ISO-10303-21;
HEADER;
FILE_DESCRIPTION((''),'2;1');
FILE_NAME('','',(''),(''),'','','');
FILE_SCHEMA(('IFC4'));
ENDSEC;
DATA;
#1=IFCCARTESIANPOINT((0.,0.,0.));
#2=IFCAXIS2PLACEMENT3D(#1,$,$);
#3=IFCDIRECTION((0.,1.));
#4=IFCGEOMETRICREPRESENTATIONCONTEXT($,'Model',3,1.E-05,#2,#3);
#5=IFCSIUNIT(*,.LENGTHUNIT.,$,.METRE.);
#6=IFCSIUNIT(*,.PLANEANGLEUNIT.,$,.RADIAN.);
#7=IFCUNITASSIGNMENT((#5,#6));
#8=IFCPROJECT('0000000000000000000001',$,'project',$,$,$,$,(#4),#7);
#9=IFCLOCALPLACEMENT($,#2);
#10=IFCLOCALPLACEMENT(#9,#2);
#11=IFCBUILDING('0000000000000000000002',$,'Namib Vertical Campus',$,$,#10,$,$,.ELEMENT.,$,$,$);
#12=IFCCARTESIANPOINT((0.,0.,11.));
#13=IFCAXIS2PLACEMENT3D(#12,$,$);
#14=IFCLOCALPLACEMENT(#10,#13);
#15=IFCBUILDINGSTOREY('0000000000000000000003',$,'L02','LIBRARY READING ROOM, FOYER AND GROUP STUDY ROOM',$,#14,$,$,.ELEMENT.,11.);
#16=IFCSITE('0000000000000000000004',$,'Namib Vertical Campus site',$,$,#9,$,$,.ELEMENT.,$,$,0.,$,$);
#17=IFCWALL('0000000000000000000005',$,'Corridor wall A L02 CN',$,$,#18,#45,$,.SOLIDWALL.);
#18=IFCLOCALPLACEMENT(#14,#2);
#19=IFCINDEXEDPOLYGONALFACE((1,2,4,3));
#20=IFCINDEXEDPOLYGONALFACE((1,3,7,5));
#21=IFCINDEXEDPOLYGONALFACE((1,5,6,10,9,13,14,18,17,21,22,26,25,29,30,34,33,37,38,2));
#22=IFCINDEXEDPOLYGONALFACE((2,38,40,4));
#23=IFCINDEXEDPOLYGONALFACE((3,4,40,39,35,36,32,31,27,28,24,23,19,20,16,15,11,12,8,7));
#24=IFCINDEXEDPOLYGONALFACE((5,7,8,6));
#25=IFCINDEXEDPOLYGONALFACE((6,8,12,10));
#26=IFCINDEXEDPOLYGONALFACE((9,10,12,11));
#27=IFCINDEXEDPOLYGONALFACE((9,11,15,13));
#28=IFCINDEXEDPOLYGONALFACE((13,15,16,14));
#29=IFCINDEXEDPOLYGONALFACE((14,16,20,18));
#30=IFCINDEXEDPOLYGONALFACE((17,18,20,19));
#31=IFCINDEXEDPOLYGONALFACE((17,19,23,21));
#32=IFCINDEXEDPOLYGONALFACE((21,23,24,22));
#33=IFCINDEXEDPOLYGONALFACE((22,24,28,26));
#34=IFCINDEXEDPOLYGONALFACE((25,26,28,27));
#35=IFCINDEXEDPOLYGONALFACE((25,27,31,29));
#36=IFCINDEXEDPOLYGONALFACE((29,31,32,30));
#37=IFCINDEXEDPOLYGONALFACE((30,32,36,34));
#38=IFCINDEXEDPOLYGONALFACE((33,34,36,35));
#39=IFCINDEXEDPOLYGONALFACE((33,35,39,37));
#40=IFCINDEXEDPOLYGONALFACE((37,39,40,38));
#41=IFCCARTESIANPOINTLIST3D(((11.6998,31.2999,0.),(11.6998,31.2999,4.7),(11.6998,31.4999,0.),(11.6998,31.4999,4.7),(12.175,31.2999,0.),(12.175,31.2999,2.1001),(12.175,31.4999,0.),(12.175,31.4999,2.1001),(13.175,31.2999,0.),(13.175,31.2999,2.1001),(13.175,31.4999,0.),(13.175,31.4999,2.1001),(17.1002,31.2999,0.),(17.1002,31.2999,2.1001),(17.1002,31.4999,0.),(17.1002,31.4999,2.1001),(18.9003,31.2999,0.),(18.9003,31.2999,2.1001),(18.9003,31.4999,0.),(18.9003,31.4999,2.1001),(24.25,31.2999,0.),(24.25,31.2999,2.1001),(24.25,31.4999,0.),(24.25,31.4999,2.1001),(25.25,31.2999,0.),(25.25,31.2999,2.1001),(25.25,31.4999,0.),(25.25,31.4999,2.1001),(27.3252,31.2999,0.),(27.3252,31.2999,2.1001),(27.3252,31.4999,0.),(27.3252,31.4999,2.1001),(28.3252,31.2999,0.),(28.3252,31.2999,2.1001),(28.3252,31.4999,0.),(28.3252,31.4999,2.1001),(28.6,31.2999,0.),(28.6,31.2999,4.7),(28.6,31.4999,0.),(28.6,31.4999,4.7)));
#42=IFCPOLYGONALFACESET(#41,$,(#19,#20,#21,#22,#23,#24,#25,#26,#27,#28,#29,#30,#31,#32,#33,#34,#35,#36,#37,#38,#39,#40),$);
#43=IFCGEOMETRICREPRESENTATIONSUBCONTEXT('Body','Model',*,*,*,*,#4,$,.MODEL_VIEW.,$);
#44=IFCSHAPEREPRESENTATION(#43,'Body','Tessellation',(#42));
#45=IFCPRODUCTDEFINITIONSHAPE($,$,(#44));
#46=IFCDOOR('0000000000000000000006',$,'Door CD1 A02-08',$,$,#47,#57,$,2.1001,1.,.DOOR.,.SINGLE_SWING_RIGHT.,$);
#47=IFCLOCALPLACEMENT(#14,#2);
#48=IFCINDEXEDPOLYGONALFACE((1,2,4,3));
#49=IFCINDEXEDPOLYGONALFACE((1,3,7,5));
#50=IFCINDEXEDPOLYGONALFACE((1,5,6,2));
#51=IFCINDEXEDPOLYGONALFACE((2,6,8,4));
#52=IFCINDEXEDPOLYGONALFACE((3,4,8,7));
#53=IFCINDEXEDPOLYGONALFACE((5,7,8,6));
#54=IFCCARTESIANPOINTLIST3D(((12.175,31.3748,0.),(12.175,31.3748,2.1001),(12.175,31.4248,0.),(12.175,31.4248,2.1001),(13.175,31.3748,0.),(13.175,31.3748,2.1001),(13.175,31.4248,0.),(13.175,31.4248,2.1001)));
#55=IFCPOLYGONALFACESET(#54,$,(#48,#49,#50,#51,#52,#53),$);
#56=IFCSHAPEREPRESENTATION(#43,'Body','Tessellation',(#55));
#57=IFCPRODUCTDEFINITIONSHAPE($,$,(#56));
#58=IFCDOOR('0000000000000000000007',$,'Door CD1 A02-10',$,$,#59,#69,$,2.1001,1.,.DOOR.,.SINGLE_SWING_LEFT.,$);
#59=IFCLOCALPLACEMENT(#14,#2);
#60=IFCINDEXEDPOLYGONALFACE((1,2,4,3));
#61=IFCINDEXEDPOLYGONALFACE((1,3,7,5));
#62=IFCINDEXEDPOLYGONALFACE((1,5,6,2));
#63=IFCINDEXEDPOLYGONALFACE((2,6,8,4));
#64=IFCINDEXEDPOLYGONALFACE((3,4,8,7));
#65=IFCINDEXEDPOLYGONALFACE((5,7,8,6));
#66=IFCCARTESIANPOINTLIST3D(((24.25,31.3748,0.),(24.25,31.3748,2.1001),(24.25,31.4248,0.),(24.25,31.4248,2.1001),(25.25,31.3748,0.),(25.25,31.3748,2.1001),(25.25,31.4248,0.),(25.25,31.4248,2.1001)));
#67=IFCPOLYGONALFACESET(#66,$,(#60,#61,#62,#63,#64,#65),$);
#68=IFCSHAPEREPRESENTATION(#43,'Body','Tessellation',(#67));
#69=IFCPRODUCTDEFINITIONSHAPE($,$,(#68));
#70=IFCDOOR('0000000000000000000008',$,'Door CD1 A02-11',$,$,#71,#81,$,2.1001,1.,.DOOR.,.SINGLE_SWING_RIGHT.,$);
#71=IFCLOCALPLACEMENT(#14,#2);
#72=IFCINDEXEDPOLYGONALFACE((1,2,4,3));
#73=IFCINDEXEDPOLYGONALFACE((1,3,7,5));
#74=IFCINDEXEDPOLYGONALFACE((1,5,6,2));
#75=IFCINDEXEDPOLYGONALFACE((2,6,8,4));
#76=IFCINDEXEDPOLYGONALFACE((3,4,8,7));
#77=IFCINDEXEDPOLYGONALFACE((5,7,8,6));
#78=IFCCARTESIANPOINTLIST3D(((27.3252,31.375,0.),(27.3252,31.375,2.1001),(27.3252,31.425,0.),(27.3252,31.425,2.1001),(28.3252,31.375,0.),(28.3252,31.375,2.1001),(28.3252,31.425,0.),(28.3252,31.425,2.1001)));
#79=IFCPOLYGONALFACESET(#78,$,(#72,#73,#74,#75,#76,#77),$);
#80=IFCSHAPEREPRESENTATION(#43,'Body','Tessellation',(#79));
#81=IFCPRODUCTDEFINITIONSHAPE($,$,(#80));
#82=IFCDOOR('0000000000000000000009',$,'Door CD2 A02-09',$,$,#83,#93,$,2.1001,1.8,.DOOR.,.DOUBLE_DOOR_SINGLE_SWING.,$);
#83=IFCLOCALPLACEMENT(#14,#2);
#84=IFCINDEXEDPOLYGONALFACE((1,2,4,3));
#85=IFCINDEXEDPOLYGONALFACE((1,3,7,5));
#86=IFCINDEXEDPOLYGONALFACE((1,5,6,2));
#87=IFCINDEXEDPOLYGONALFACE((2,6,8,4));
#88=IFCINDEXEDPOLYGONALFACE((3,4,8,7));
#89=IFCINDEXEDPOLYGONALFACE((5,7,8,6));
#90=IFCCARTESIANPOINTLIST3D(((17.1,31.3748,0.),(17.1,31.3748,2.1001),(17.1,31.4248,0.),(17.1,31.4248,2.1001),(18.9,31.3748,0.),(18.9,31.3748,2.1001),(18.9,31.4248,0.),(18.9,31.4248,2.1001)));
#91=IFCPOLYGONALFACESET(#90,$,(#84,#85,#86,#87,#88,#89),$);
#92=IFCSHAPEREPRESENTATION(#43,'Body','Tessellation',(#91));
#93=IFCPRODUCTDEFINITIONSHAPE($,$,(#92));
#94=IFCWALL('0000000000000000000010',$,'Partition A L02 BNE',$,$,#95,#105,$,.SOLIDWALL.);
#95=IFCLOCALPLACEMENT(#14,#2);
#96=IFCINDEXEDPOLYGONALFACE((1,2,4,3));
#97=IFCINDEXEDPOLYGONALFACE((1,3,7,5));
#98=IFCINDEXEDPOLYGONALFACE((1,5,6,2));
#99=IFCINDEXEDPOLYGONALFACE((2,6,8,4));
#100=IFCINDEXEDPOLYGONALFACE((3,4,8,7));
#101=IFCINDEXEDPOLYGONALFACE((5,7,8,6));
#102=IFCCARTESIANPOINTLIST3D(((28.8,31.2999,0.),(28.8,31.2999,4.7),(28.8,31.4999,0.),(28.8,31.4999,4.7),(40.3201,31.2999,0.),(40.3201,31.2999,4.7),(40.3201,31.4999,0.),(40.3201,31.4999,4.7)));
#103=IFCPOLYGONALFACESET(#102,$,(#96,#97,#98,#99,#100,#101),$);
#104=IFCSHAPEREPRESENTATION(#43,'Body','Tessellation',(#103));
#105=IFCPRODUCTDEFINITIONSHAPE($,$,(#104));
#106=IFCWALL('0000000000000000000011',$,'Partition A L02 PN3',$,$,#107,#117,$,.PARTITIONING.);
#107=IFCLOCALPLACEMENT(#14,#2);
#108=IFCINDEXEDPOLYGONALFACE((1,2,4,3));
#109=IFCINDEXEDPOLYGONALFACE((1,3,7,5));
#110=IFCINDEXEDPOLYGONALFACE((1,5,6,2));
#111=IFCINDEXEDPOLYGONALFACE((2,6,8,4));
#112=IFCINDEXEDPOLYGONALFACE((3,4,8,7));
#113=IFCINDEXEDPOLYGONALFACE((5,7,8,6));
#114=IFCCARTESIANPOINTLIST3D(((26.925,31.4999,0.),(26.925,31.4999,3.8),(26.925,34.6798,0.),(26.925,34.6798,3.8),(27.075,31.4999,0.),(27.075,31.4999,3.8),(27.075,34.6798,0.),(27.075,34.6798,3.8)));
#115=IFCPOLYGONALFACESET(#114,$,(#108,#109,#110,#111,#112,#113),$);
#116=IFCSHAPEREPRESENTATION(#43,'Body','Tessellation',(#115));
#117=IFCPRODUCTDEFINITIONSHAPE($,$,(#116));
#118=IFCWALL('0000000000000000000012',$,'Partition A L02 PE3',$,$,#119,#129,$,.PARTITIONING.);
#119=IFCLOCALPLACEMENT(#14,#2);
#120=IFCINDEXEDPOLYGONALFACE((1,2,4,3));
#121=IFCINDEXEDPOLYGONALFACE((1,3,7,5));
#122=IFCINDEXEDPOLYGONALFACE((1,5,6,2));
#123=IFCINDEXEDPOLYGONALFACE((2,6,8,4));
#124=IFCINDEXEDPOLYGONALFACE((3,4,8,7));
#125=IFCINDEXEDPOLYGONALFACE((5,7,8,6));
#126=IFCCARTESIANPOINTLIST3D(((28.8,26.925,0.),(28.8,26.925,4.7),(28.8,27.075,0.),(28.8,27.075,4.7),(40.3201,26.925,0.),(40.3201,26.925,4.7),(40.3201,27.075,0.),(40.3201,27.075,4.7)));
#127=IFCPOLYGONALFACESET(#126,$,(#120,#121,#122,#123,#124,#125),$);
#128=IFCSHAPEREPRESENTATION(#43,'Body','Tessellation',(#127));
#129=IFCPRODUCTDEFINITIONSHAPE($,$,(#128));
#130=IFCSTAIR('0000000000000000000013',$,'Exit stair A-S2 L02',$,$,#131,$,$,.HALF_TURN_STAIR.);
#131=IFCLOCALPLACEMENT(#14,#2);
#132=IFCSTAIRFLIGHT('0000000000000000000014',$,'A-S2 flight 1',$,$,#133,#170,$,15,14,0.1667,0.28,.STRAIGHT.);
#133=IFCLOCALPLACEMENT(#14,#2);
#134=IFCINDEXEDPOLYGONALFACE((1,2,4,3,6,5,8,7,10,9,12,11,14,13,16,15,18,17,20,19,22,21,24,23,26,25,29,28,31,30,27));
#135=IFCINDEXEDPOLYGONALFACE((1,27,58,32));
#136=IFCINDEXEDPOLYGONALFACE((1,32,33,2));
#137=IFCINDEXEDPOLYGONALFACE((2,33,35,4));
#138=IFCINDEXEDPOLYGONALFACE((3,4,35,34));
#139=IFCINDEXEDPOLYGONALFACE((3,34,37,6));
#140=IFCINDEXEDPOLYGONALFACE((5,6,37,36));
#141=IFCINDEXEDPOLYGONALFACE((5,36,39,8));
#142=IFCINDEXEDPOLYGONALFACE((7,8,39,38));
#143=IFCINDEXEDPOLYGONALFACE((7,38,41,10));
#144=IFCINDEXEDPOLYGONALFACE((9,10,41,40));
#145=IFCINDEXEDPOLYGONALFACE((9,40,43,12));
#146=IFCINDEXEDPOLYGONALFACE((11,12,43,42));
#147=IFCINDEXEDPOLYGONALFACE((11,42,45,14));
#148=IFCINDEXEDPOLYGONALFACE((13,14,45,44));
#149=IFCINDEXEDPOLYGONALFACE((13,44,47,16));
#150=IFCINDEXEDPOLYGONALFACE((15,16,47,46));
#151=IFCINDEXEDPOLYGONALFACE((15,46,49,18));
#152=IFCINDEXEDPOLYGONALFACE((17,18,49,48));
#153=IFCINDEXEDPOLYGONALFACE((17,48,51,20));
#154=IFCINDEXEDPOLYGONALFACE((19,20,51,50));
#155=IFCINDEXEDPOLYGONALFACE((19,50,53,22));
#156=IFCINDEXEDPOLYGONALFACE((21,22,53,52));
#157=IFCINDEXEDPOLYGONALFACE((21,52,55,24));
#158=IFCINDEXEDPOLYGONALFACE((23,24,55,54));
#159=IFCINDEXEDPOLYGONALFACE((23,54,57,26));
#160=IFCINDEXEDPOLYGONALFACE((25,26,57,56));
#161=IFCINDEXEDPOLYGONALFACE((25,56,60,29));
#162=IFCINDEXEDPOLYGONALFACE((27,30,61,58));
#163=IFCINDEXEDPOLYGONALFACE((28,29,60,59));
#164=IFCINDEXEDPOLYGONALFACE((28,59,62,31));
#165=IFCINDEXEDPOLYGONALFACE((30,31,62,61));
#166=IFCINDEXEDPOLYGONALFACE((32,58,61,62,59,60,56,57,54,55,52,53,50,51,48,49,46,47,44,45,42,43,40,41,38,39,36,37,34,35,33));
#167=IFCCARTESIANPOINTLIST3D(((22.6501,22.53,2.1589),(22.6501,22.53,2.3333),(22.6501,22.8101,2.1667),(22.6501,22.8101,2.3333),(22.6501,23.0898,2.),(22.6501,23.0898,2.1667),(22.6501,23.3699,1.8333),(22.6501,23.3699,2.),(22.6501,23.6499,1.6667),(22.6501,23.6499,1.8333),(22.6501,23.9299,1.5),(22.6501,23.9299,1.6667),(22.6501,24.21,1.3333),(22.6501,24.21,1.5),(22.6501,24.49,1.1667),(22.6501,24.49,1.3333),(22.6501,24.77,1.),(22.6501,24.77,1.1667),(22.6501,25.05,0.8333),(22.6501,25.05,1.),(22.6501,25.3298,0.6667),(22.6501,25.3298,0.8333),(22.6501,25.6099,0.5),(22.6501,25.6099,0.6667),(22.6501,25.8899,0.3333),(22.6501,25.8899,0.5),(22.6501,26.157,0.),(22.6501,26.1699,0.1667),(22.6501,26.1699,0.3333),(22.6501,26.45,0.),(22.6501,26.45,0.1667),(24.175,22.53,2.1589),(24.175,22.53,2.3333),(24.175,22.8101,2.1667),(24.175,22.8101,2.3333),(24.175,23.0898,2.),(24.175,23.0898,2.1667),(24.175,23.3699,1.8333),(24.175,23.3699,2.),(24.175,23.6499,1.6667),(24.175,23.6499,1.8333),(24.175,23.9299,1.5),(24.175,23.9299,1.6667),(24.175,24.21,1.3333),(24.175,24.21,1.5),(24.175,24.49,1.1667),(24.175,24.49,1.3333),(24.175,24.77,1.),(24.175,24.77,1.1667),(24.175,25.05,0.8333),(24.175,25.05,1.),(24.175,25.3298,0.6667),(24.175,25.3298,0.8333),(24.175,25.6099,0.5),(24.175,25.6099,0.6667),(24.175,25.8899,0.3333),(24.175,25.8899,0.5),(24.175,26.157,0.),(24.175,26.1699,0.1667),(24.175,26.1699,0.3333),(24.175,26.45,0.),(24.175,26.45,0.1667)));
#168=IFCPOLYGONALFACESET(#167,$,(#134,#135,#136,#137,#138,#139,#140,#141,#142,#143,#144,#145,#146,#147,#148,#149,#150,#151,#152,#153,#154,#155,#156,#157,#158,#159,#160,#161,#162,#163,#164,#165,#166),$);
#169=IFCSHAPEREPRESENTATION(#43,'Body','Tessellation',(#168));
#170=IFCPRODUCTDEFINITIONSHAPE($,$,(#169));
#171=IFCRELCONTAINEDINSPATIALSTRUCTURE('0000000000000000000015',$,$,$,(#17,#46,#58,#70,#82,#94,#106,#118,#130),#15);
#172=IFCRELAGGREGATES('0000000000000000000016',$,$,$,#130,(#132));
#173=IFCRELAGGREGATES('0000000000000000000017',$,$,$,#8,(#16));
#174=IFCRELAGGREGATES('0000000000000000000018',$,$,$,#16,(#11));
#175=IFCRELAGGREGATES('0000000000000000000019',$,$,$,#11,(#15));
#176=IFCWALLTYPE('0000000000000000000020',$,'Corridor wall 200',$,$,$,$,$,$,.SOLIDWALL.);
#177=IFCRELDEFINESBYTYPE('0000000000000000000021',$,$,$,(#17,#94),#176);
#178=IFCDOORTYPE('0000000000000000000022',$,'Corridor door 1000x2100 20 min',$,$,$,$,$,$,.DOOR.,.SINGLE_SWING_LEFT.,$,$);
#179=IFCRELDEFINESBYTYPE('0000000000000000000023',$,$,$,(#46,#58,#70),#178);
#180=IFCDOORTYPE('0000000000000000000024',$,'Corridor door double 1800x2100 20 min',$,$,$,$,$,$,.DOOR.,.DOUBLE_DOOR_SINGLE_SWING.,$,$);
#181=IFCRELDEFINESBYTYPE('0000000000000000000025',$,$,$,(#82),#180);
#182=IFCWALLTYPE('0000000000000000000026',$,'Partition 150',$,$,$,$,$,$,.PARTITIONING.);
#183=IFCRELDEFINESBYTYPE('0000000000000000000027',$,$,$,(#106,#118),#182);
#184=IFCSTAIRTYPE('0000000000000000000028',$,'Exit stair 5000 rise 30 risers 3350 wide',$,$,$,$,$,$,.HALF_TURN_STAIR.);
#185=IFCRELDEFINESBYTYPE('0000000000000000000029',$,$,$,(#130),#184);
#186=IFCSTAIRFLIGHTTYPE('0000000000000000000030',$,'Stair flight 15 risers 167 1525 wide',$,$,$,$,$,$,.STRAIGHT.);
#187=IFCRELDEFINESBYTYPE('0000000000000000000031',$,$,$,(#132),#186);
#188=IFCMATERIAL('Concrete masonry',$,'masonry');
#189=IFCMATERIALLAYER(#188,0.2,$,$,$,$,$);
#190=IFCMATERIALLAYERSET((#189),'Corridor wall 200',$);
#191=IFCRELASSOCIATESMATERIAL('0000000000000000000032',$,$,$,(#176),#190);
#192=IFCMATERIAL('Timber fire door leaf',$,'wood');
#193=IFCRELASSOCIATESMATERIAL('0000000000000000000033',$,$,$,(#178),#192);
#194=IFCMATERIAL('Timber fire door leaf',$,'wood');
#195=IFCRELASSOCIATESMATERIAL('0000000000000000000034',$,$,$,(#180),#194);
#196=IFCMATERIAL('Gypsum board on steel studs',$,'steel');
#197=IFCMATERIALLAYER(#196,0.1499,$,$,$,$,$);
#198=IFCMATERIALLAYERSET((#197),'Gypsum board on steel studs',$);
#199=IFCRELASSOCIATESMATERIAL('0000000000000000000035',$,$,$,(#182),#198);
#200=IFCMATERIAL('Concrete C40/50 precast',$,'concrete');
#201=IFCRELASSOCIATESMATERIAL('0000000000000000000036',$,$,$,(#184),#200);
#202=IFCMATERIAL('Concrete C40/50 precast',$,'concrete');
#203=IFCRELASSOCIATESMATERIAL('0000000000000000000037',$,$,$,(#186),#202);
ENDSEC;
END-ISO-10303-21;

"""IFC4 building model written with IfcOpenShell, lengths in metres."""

from ifc_helpers import new_model, si_unit, direction, frame, frame_2d, origin, place, context, subcontext, project, spatial, polyline, rectangle, outline, extrude, material, layer, layer_set, type_object, element, fill, aggregate, save


model = new_model("IFC4")

# Units and contexts
model_context = context("Model", 3, precision=1e-05, world=origin(), true_north=direction((0.0, 1.0)))
body_context = subcontext(model_context, "Body", "Model", "MODEL_VIEW")
ifc_project = project(units=[si_unit("LENGTHUNIT", "METRE"), si_unit("PLANEANGLEUNIT", "RADIAN")], contexts=[model_context])

# Site, building, storey
site_placement = place(None, origin())
site = spatial("IfcSite", under=ifc_project, at=site_placement, Name="Namib Vertical Campus site", CompositionType="ELEMENT", RefElevation=0.0)
building_placement = place(site_placement, origin())
building = spatial("IfcBuilding", under=site, at=building_placement, Name="Namib Vertical Campus", CompositionType="ELEMENT")
storey_placement = place(building_placement, frame((0.0, 0.0, 11.0)))
storey = spatial("IfcBuildingStorey", under=building, at=storey_placement, Name="L02", Description="LIBRARY READING ROOM, FOYER AND GROUP STUDY ROOM", CompositionType="ELEMENT", Elevation=11.0)

# Wall, openings, doors
ifc_material_1 = material(Name="Concrete masonry", Category="masonry")
ifc_layer_1 = layer(ifc_material_1, 0.2)
ifc_layer_set_1 = layer_set([ifc_layer_1], Name="Corridor wall 200")
wall_type_1 = type_object("IfcWallType", Name="Corridor wall 200", PredefinedType="SOLIDWALL", material=ifc_layer_set_1)
wall_1_placement = place(storey_placement, frame((28.6001, 31.3999, 0.0), z_axis=(0.0, 0.0, 1.0), x_axis=(-1.0, 0.0, 0.0)))
wall_1 = element("IfcWall", 1, at=wall_1_placement, inside=storey, type_object=wall_type_1, Name="Corridor wall A L02 CN", PredefinedType="SOLIDWALL", context=body_context, shape_type="SweptSolid", body=[
    extrude(rectangle(XDim=16.9001, YDim=0.2, at=frame_2d((8.4502, 0.0))), origin(), (0.0, 0.0, 1.0), 4.7),
])
opening_1_placement = place(wall_1_placement, frame((15.425, 0.0, 0.0)))
opening_1 = element("IfcOpeningElement", 2, at=opening_1_placement, cuts=wall_1, PredefinedType="OPENING", context=body_context, shape_type="SweptSolid", body=[
    extrude(rectangle(XDim=1.0, YDim=2.1001, at=frame_2d((0.5, 1.05))), frame((0.0, 0.1099, 0.0), z_axis=(0.0, -1.0, 0.0), x_axis=(1.0, 0.0, 0.0)), (0.0, 0.0, 1.0), 0.22),
])
opening_2_placement = place(wall_1_placement, frame((9.7, 0.0, 0.0)))
opening_2 = element("IfcOpeningElement", 3, at=opening_2_placement, cuts=wall_1, PredefinedType="OPENING", context=body_context, shape_type="SweptSolid", body=[
    extrude(rectangle(XDim=1.8, YDim=2.1001, at=frame_2d((0.8999, 1.05))), frame((0.0, 0.1099, 0.0), z_axis=(0.0, -1.0, 0.0), x_axis=(1.0, 0.0, 0.0)), (0.0, 0.0, 1.0), 0.22),
])
opening_3_placement = place(wall_1_placement, frame((3.3501, 0.0, 0.0)))
opening_3 = element("IfcOpeningElement", 4, at=opening_3_placement, cuts=wall_1, PredefinedType="OPENING", context=body_context, shape_type="SweptSolid", body=[
    extrude(rectangle(XDim=1.0, YDim=2.1001, at=frame_2d((0.5, 1.05))), frame((0.0, 0.1099, 0.0), z_axis=(0.0, -1.0, 0.0), x_axis=(1.0, 0.0, 0.0)), (0.0, 0.0, 1.0), 0.22),
])
opening_4_placement = place(wall_1_placement, frame((0.2749, 0.0, 0.0)))
opening_4 = element("IfcOpeningElement", 5, at=opening_4_placement, cuts=wall_1, PredefinedType="OPENING", context=body_context, shape_type="SweptSolid", body=[
    extrude(rectangle(XDim=1.0, YDim=2.1001, at=frame_2d((0.5, 1.05))), frame((0.0, 0.1099, 0.0), z_axis=(0.0, -1.0, 0.0), x_axis=(1.0, 0.0, 0.0)), (0.0, 0.0, 1.0), 0.22),
])
ifc_material_2 = material(Name="Timber fire door leaf", Category="wood")
door_type_1 = type_object("IfcDoorType", Name="Corridor door 1000x2100 20 min", OperationType="SINGLE_SWING_LEFT", PredefinedType="DOOR", material=ifc_material_2)
door_1_placement = place(opening_1_placement, frame((1.0, 0.0, 0.0), z_axis=(0.0, 0.0, 1.0), x_axis=(-1.0, 0.0, 0.0)))
door_1 = element("IfcDoor", 6, at=door_1_placement, inside=storey, type_object=door_type_1, Name="Door CD1 A02-08", OperationType="SINGLE_SWING_RIGHT", OverallHeight=2.1001, OverallWidth=1.0, PredefinedType="DOOR", context=body_context, shape_type="SweptSolid", body=[
    extrude(rectangle(XDim=1.0, YDim=2.1001, at=frame_2d((0.5, 1.05))), frame((0.0, 0.0249, 0.0), z_axis=(0.0, -1.0, 0.0), x_axis=(1.0, 0.0, 0.0)), (0.0, 0.0, 1.0), 0.05),
])
fill(opening_1, door_1)
door_2_placement = place(opening_3_placement, frame((1.0, 0.0, 0.0), z_axis=(0.0, 0.0, 1.0), x_axis=(-1.0, 0.0, 0.0)))
door_2 = element("IfcDoor", 7, at=door_2_placement, inside=storey, type_object=door_type_1, Name="Door CD1 A02-10", OperationType="SINGLE_SWING_LEFT", OverallHeight=2.1001, OverallWidth=1.0, PredefinedType="DOOR", context=body_context, shape_type="SweptSolid", body=[
    extrude(rectangle(XDim=1.0, YDim=2.1001, at=frame_2d((0.5, 1.05))), frame((0.0, 0.0249, 0.0), z_axis=(0.0, -1.0, 0.0), x_axis=(1.0, 0.0, 0.0)), (0.0, 0.0, 1.0), 0.05),
])
fill(opening_3, door_2)
door_3_placement = place(opening_4_placement, origin())
door_3 = element("IfcDoor", 8, at=door_3_placement, inside=storey, type_object=door_type_1, Name="Door CD1 A02-11", OperationType="SINGLE_SWING_RIGHT", OverallHeight=2.1001, OverallWidth=1.0, PredefinedType="DOOR", context=body_context, shape_type="SweptSolid", body=[
    extrude(rectangle(XDim=1.0, YDim=2.1001, at=frame_2d((0.5, 1.05))), frame((0.0, 0.0249, 0.0), z_axis=(0.0, -1.0, 0.0), x_axis=(1.0, 0.0, 0.0)), (0.0, 0.0, 1.0), 0.05),
])
fill(opening_4, door_3)
ifc_material_3 = material(Name="Timber fire door leaf", Category="wood")
door_type_2 = type_object("IfcDoorType", Name="Corridor door double 1800x2100 20 min", OperationType="DOUBLE_DOOR_SINGLE_SWING", PredefinedType="DOOR", material=ifc_material_3)
door_4_placement = place(opening_2_placement, frame((1.8, 0.0, 0.0), z_axis=(0.0, 0.0, 1.0), x_axis=(-1.0, 0.0, 0.0)))
door_4 = element("IfcDoor", 9, at=door_4_placement, inside=storey, type_object=door_type_2, Name="Door CD2 A02-09", OperationType="DOUBLE_DOOR_SINGLE_SWING", OverallHeight=2.1001, OverallWidth=1.8, PredefinedType="DOOR", context=body_context, shape_type="SweptSolid", body=[
    extrude(rectangle(XDim=1.8, YDim=2.1001, at=frame_2d((0.8999, 1.05))), frame((0.0, 0.0249, 0.0), z_axis=(0.0, -1.0, 0.0), x_axis=(1.0, 0.0, 0.0)), (0.0, 0.0, 1.0), 0.05),
])
fill(opening_2, door_4)

# Walls
wall_2_placement = place(storey_placement, frame((28.8, 31.3999, 0.0), z_axis=(0.0, 0.0, 1.0), x_axis=(1.0, 0.0, 0.0)))
element("IfcWall", 10, at=wall_2_placement, inside=storey, type_object=wall_type_1, Name="Partition A L02 BNE", PredefinedType="SOLIDWALL", context=body_context, shape_type="SweptSolid", body=[
    extrude(rectangle(XDim=11.52, YDim=0.2, at=frame_2d((5.76, 0.0))), origin(), (0.0, 0.0, 1.0), 4.7),
])
ifc_material_4 = material(Name="Gypsum board on steel studs", Category="steel")
ifc_layer_2 = layer(ifc_material_4, 0.1499)
ifc_layer_set_2 = layer_set([ifc_layer_2], Name="Gypsum board on steel studs")
wall_type_2 = type_object("IfcWallType", Name="Partition 150", PredefinedType="PARTITIONING", material=ifc_layer_set_2)
wall_3_placement = place(storey_placement, frame((27.0, 31.5, 0.0), z_axis=(0.0, 0.0, 1.0), x_axis=(0.0, 1.0, 0.0)))
element("IfcWall", 11, at=wall_3_placement, inside=storey, type_object=wall_type_2, Name="Partition A L02 PN3", PredefinedType="PARTITIONING", context=body_context, shape_type="SweptSolid", body=[
    extrude(rectangle(XDim=3.1799, YDim=0.1499, at=frame_2d((1.5898, 0.0))), origin(), (0.0, 0.0, 1.0), 3.8),
])
wall_4_placement = place(storey_placement, frame((28.8, 27.0, 0.0), z_axis=(0.0, 0.0, 1.0), x_axis=(1.0, 0.0, 0.0)))
element("IfcWall", 12, at=wall_4_placement, inside=storey, type_object=wall_type_2, Name="Partition A L02 PE3", PredefinedType="PARTITIONING", context=body_context, shape_type="SweptSolid", body=[
    extrude(rectangle(XDim=11.52, YDim=0.1499, at=frame_2d((5.76, 0.0))), origin(), (0.0, 0.0, 1.0), 4.7),
])

# Stair, stair flight
ifc_material_5 = material(Name="Concrete C40/50 precast", Category="concrete")
stair_type = type_object("IfcStairType", Name="Exit stair 5000 rise 30 risers 3350 wide", PredefinedType="HALF_TURN_STAIR", material=ifc_material_5)
stair_placement = place(storey_placement, origin())
stair = element("IfcStair", 13, at=stair_placement, inside=storey, type_object=stair_type, Name="Exit stair A-S2 L02", PredefinedType="HALF_TURN_STAIR")
ifc_material_6 = material(Name="Concrete C40/50 precast", Category="concrete")
stair_flight_type = type_object("IfcStairFlightType", Name="Stair flight 15 risers 167 1525 wide", PredefinedType="STRAIGHT", material=ifc_material_6)
stair_flight_1_placement = place(storey_placement, frame((23.4126, 26.45, 0.0), z_axis=(0.0, 0.0, 1.0), x_axis=(0.0, -1.0, 0.0)))
stair_flight_1 = element("IfcStairFlight", 14, at=stair_flight_1_placement, type_object=stair_flight_type, Name="A-S2 flight 1", NumberOfRisers=15, NumberOfTreads=14, PredefinedType="STRAIGHT", RiserHeight=0.1667, TreadLength=0.28, context=body_context, shape_type="SweptSolid", body=[
    extrude(outline(polyline([(0.0, 0.0), (0.0, 0.1667), (0.28, 0.1667), (0.28, 0.3333), (0.5601, 0.3333), (0.5601, 0.5), (0.8401, 0.5), (0.8401, 0.6667), (1.1201, 0.6667), (1.1201, 0.8333), (1.3999, 0.8333), (1.3999, 1.0), (1.6799, 1.0), (1.6799, 1.1667), (1.96, 1.1667), (1.96, 1.3333), (2.24, 1.3333), (2.24, 1.5), (2.52, 1.5), (2.52, 1.6667), (2.8, 1.6667), (2.8, 1.8333), (3.0801, 1.8333), (3.0801, 2.0), (3.3601, 2.0), (3.3601, 2.1667), (3.6399, 2.1667), (3.6399, 2.3333), (3.9199, 2.3333), (3.9199, 2.5), (3.9199, 2.1589), (0.293, 0.0), (0.0, 0.0)])), frame((0.0, 0.7625, 0.0), z_axis=(0.0, -1.0, 0.0), x_axis=(1.0, 0.0, 0.0)), (0.0, 0.0, 1.0), 1.5249),
])
aggregate(stair, [stair_flight_1])

save(model, "model.ifc")
